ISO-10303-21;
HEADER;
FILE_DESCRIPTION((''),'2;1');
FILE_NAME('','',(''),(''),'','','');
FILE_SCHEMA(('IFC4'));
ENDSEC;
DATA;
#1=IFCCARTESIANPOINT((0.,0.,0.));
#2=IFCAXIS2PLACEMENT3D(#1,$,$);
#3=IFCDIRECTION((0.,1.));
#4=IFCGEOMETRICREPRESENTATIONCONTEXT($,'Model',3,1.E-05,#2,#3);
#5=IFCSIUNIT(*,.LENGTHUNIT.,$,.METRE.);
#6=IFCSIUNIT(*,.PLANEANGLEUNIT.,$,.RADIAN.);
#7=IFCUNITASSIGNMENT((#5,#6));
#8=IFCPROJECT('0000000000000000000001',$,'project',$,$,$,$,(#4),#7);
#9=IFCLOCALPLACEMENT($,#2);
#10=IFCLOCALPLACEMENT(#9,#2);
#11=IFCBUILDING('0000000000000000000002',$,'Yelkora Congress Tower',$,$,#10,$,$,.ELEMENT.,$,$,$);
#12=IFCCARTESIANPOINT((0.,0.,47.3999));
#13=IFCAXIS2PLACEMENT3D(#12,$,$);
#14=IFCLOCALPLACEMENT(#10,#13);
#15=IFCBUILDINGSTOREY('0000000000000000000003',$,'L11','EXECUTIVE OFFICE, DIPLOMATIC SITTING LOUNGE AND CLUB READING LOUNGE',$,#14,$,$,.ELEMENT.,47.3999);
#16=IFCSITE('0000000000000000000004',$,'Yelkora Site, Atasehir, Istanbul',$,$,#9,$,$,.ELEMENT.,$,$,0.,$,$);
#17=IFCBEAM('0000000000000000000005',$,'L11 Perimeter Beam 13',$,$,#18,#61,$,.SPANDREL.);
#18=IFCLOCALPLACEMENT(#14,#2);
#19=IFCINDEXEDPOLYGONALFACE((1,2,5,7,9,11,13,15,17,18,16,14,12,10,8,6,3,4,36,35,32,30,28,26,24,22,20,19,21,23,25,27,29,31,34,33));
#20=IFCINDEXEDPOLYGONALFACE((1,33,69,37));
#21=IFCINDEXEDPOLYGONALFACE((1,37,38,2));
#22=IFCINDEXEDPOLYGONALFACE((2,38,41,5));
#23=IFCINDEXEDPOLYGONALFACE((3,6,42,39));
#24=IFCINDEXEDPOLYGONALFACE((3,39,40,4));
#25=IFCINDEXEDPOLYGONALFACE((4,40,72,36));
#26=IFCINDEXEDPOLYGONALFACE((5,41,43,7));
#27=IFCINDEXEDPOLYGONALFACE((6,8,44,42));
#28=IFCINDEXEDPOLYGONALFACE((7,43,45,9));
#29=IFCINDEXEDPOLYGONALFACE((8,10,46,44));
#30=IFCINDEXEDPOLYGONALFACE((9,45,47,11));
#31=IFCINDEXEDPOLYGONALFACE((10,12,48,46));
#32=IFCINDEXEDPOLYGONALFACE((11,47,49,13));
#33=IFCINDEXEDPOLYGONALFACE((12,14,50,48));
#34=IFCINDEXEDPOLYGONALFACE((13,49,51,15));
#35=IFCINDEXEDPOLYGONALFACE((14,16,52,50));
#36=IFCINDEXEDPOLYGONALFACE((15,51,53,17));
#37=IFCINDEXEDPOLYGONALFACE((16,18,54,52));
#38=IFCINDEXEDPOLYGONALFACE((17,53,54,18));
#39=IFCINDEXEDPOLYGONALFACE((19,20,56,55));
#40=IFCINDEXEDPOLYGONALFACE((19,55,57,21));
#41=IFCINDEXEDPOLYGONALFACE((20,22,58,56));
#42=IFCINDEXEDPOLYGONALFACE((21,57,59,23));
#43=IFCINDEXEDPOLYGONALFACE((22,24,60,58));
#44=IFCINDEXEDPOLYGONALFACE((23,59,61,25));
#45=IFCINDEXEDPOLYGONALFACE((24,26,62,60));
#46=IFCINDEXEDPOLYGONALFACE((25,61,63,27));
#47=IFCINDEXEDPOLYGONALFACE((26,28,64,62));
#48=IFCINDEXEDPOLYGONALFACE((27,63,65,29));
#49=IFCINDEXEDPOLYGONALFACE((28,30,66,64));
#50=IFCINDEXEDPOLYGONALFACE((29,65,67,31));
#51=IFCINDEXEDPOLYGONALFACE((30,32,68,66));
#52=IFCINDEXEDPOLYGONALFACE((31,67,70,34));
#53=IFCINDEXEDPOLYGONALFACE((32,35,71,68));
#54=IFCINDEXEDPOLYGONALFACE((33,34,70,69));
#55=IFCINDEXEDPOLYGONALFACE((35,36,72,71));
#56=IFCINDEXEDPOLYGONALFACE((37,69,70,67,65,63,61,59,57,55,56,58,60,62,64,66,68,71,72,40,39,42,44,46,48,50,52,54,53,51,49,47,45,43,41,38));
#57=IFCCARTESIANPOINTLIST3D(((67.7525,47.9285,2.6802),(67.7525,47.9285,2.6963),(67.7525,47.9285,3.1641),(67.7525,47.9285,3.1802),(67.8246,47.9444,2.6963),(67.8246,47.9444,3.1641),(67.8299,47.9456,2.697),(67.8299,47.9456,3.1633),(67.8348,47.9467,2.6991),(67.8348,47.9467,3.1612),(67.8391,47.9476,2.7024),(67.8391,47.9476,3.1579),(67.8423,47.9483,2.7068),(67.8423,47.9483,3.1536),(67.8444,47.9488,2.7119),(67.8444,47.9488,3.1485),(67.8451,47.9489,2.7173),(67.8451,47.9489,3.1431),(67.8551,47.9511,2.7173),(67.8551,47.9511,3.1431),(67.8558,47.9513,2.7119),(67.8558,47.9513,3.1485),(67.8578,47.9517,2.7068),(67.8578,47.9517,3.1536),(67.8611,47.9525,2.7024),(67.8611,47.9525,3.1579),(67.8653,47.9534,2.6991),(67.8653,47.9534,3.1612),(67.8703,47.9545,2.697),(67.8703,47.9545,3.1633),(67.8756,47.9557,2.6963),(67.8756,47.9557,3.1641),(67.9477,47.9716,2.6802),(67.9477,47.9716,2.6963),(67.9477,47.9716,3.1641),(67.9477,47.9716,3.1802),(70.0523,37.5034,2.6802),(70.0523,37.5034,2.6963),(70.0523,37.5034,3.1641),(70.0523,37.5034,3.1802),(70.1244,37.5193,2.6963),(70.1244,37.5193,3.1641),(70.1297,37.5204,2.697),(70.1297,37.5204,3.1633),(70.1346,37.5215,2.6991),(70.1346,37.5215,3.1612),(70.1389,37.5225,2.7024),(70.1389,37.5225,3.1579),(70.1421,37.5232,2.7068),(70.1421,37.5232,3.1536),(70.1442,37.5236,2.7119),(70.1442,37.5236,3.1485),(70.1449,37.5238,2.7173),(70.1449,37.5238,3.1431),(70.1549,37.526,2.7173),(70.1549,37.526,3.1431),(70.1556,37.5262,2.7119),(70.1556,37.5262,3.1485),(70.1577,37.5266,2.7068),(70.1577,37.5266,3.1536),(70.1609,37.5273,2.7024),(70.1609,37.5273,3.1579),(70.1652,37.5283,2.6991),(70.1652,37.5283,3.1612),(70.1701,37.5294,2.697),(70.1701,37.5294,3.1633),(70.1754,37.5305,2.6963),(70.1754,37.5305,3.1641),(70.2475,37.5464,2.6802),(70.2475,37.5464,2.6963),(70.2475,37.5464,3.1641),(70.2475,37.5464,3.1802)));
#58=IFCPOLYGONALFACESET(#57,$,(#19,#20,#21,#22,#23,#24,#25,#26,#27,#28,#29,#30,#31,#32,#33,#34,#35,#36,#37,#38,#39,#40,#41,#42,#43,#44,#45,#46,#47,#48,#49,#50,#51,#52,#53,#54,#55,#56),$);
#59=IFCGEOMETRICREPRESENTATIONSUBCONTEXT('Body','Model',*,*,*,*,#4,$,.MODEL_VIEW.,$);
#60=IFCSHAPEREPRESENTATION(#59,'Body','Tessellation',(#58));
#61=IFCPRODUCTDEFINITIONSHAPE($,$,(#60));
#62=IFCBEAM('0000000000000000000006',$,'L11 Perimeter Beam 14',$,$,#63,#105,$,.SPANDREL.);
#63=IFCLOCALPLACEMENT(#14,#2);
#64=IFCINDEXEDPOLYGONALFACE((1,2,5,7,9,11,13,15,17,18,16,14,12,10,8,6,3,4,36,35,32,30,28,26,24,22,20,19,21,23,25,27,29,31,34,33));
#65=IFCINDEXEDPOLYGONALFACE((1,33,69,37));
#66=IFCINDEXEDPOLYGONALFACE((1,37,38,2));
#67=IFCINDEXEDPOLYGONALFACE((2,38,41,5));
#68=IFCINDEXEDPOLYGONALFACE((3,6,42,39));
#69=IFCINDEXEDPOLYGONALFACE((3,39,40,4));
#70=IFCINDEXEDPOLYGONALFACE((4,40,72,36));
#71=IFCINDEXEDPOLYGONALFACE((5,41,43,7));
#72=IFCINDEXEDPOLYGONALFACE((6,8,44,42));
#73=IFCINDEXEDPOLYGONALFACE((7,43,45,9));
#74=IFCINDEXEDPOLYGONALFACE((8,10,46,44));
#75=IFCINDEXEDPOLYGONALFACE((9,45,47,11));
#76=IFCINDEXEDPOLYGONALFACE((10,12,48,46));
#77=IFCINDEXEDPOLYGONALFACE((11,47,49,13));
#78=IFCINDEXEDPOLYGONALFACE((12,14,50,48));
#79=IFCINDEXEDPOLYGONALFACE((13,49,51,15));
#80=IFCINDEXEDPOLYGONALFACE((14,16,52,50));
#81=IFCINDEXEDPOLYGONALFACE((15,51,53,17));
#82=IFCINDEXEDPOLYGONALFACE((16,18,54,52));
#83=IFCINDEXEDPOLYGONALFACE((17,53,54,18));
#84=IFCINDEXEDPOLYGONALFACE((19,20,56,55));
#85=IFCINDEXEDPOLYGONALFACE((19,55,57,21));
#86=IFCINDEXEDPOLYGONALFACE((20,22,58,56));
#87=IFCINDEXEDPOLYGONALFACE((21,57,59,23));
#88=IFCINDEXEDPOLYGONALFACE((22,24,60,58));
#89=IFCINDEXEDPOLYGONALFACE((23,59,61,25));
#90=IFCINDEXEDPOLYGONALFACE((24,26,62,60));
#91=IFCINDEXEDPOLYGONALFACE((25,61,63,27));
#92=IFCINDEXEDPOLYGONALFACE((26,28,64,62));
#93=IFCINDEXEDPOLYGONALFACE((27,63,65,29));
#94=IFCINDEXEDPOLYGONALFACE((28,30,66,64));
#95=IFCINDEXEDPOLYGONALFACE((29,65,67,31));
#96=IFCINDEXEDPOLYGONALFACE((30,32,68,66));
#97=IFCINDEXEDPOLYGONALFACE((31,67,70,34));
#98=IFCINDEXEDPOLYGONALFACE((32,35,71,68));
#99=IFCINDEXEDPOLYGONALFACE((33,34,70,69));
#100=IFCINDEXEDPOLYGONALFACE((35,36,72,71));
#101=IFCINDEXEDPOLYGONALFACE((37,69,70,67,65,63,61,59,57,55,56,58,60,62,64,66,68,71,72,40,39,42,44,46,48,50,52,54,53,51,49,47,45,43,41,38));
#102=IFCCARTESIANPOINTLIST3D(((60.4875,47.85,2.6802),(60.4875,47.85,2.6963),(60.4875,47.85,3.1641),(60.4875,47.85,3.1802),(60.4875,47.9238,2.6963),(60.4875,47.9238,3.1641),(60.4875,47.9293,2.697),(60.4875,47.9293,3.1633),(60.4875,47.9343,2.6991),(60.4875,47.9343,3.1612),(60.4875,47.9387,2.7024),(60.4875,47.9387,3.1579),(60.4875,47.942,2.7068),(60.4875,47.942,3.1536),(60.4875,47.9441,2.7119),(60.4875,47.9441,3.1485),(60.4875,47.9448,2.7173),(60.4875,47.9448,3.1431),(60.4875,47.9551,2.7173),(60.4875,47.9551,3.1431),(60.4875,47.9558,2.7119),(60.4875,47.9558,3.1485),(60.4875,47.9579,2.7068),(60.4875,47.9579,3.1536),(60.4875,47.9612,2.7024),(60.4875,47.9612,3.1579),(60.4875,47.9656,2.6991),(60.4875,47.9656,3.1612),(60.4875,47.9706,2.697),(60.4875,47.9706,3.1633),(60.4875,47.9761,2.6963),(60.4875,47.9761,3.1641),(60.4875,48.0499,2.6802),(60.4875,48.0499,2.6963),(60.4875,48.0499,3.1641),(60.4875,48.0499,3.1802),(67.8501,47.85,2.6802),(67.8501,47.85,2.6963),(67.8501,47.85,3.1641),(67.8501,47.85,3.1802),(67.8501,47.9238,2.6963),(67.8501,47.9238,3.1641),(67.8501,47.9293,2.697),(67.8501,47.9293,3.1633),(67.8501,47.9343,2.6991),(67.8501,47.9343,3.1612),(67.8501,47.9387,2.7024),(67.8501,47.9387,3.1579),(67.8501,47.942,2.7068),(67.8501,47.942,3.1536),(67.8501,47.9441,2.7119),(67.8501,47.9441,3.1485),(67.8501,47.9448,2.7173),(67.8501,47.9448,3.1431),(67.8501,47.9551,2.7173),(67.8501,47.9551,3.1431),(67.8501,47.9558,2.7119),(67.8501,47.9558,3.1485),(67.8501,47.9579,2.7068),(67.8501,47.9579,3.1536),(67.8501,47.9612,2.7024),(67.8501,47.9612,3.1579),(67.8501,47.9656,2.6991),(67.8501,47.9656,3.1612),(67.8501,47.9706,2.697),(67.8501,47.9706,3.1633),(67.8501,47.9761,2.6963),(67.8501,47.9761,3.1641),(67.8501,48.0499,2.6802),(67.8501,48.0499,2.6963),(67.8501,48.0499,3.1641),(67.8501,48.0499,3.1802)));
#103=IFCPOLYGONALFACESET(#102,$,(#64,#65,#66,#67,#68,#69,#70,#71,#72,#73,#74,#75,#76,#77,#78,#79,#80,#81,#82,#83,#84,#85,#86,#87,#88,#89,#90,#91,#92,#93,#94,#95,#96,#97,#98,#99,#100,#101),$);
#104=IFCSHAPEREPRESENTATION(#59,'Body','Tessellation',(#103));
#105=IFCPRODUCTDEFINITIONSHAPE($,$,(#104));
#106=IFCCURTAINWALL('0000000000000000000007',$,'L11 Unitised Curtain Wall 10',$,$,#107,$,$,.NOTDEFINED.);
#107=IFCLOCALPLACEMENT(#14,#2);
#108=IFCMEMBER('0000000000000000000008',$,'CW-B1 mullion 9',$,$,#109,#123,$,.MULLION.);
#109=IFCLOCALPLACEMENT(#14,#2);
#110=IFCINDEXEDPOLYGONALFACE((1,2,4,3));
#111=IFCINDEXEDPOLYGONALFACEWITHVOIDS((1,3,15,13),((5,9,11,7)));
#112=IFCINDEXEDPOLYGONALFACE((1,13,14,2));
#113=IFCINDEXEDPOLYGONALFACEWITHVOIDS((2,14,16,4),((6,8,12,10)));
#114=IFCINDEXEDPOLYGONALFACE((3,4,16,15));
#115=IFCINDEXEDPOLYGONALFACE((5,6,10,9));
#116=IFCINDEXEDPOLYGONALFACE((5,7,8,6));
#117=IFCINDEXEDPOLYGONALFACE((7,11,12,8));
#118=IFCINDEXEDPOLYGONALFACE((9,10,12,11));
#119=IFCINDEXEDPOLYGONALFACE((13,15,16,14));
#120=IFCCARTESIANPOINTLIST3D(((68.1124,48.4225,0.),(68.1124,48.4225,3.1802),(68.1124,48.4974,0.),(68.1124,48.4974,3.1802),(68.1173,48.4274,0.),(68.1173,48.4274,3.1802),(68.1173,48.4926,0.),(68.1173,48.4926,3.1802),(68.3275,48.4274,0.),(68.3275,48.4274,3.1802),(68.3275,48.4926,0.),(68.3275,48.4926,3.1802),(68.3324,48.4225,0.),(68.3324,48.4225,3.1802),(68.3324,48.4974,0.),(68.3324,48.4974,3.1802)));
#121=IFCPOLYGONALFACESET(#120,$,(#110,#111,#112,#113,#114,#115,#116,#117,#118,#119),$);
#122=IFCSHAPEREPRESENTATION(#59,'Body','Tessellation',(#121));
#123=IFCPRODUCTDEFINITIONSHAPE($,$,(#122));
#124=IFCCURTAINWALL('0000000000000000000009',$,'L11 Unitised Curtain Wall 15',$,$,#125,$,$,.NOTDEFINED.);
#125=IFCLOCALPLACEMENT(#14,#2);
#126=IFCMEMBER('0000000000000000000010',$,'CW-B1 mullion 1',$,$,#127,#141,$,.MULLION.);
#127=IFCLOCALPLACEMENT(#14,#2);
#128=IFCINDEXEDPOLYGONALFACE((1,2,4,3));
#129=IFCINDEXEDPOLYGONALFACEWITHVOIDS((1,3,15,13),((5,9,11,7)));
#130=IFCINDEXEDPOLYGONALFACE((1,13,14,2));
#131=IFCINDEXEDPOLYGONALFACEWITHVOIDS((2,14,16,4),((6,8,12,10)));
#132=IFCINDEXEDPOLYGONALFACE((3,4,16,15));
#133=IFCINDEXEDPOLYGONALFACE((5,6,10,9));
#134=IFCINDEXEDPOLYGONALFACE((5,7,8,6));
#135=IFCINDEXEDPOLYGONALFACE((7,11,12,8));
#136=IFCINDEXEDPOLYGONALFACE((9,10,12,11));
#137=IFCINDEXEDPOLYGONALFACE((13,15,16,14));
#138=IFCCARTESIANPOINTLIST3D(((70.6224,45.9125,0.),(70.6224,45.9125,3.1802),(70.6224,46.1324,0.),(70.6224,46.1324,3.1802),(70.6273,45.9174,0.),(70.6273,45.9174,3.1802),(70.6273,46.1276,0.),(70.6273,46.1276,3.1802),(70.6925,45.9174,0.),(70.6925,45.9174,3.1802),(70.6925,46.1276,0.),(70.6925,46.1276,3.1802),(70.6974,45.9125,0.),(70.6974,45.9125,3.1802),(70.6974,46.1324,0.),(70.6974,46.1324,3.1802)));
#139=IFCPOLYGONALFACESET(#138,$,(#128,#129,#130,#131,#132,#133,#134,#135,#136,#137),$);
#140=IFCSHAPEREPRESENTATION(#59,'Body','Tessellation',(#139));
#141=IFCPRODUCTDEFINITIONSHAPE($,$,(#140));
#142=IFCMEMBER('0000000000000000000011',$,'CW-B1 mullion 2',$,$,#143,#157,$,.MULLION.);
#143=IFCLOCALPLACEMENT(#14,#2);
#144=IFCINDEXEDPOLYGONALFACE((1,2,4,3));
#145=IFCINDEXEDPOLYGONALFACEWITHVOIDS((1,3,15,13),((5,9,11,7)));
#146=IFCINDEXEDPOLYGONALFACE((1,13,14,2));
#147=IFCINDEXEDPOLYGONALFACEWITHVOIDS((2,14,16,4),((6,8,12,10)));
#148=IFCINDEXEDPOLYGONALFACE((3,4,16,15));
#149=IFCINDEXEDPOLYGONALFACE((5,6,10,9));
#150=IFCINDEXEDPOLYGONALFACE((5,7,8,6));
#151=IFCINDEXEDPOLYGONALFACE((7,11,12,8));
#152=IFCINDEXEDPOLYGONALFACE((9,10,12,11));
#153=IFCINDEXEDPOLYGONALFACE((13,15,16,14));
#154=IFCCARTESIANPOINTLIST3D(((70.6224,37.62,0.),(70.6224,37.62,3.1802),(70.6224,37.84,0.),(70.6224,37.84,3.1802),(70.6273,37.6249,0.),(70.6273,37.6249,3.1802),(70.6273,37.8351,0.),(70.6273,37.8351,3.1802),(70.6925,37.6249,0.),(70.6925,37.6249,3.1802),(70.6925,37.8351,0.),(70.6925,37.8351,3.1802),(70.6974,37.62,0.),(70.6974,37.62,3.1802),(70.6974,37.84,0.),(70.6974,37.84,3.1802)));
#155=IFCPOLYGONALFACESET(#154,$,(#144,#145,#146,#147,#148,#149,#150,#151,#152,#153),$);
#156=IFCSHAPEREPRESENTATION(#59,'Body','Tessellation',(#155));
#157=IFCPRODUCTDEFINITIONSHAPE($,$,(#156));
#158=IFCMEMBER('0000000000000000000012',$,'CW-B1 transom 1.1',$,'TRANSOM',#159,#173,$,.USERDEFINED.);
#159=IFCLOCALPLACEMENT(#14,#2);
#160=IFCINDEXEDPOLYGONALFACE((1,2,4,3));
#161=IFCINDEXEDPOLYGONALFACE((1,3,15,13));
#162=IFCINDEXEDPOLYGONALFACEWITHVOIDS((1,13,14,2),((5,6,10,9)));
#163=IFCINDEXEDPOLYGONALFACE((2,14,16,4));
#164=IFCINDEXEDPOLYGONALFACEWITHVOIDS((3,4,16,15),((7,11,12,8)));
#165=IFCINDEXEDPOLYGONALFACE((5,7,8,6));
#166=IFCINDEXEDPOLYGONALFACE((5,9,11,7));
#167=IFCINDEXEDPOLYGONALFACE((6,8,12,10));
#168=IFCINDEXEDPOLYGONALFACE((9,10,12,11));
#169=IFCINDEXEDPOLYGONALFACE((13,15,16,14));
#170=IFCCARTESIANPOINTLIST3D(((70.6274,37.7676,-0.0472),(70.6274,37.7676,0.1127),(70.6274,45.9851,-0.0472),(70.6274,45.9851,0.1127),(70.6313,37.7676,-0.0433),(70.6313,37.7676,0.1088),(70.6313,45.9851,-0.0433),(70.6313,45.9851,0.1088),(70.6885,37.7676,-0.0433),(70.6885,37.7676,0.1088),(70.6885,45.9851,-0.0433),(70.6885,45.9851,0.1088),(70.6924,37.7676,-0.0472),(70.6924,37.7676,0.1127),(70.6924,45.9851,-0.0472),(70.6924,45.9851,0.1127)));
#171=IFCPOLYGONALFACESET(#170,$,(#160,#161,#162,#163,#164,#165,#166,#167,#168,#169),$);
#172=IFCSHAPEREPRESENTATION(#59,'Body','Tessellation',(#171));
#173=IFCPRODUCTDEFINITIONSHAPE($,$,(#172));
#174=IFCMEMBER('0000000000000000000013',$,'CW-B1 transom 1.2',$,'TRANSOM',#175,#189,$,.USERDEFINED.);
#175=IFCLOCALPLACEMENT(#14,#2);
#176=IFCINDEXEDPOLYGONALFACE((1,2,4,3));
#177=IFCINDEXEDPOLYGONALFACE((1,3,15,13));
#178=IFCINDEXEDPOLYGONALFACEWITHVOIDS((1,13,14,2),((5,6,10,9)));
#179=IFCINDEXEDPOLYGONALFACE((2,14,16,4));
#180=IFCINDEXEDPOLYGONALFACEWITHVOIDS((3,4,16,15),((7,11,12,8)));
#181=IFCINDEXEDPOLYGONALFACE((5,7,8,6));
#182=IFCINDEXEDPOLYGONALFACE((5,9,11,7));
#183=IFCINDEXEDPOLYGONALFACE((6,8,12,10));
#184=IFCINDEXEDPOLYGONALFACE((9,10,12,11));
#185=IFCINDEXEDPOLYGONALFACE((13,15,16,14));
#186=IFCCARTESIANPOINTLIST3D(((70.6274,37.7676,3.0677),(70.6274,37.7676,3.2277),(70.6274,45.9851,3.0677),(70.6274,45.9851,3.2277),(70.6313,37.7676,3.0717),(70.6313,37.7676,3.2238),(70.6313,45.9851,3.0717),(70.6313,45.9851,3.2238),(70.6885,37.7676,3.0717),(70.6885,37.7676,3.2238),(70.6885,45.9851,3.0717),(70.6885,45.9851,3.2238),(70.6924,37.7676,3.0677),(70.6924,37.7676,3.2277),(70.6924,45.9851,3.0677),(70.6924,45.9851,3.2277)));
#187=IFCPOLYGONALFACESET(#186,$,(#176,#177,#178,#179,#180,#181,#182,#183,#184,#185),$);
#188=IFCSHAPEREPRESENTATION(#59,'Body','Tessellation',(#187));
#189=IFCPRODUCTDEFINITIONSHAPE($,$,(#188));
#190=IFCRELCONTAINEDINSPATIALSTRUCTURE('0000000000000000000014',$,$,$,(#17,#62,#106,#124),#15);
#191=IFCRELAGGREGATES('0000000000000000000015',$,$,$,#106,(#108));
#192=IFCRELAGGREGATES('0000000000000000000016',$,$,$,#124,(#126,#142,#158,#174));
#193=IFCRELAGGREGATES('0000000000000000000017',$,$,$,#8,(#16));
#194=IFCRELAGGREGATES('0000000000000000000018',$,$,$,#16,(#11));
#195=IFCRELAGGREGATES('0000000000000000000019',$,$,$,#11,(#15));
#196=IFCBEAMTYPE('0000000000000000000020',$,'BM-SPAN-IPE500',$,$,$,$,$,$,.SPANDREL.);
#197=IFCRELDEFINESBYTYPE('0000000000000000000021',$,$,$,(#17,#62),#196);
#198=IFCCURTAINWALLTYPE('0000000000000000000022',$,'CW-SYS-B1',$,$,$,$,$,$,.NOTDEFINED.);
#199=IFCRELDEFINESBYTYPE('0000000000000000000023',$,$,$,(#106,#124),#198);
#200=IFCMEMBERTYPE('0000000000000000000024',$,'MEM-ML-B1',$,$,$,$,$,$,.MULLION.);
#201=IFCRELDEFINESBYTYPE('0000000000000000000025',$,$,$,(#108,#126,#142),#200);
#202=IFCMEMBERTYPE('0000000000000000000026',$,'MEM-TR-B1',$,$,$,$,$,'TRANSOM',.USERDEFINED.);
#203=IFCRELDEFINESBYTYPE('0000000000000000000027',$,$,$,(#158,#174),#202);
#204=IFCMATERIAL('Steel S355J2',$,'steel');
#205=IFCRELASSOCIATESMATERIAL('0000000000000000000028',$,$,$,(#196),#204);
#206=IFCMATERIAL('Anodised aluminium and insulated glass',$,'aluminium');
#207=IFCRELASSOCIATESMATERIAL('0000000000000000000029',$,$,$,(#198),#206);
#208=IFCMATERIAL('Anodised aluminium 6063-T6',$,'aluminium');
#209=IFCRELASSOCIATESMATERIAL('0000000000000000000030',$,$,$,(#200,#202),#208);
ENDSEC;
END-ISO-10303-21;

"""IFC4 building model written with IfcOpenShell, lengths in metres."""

from ifc_helpers import new_model, si_unit, direction, frame, origin, origin_2d, place, context, subcontext, project, spatial, hollow_rectangle, i_section, extrude, material, material_profile, profile_set, type_object, element, aggregate, save


model = new_model("IFC4")

# Units and contexts
model_context = context("Model", 3, precision=1e-05, world=origin(), true_north=direction((0.0, 1.0)))
body_context = subcontext(model_context, "Body", "Model", "MODEL_VIEW")
ifc_project = project(units=[si_unit("LENGTHUNIT", "METRE"), si_unit("PLANEANGLEUNIT", "RADIAN")], contexts=[model_context])

# Site, building, storey
site_placement = place(None, origin())
site = spatial("IfcSite", under=ifc_project, at=site_placement, Name="Yelkora Site, Atasehir, Istanbul", CompositionType="ELEMENT", RefElevation=0.0)
building_placement = place(site_placement, origin())
building = spatial("IfcBuilding", under=site, at=building_placement, Name="Yelkora Congress Tower", CompositionType="ELEMENT")
storey_placement = place(building_placement, frame((0.0, 0.0, 47.3999)))
storey = spatial("IfcBuildingStorey", under=building, at=storey_placement, Name="L11", Description="EXECUTIVE OFFICE, DIPLOMATIC SITTING LOUNGE AND CLUB READING LOUNGE", CompositionType="ELEMENT", Elevation=47.3999)

# Beams
ifc_material_1 = material(Name="Steel S355J2", Category="steel")
ifc_material_profile_1 = material_profile(ifc_material_1, i_section(OverallWidth=0.2, OverallDepth=0.5, WebThickness=0.0103, FlangeThickness=0.0161, FilletRadius=0.021, at=origin_2d()), Name="IPE 500")
ifc_profile_set_1 = profile_set([ifc_material_profile_1], Name="Steel S355J2")
beam_type_1 = type_object("IfcBeamType", Name="BM-SPAN-IPE500", PredefinedType="SPANDREL", material=ifc_profile_set_1)
beam_1_placement = place(storey_placement, frame((70.1499, 37.5249, 2.9302), z_axis=(-0.215424, 0.976521, 0.0), x_axis=(-0.976521, -0.215424, 0.0)))
element("IfcBeam", 1, at=beam_1_placement, inside=storey, type_object=beam_type_1, Name="L11 Perimeter Beam 13", PredefinedType="SPANDREL", context=body_context, shape_type="SweptSolid", body=[
    extrude(i_section(OverallWidth=0.2, OverallDepth=0.5, WebThickness=0.0103, FlangeThickness=0.0161, FilletRadius=0.021, at=origin_2d()), origin(), (0.0, 0.0, 1.0), 10.6758),
])
beam_2_placement = place(storey_placement, frame((67.8501, 47.95, 2.9302), z_axis=(-1.0, 0.0, 0.0), x_axis=(0.0, -1.0, 0.0)))
element("IfcBeam", 2, at=beam_2_placement, inside=storey, type_object=beam_type_1, Name="L11 Perimeter Beam 14", PredefinedType="SPANDREL", context=body_context, shape_type="SweptSolid", body=[
    extrude(i_section(OverallWidth=0.2, OverallDepth=0.5, WebThickness=0.0103, FlangeThickness=0.0161, FilletRadius=0.021, at=origin_2d()), origin(), (0.0, 0.0, 1.0), 7.3625),
])

# Curtain wall, member
ifc_material_2 = material(Name="Anodised aluminium and insulated glass", Category="aluminium")
curtain_wall_type = type_object("IfcCurtainWallType", Name="CW-SYS-B1", PredefinedType="NOTDEFINED", material=ifc_material_2)
curtain_wall_1_placement = place(storey_placement, origin())
curtain_wall_1 = element("IfcCurtainWall", 3, at=curtain_wall_1_placement, inside=storey, type_object=curtain_wall_type, Name="L11 Unitised Curtain Wall 10", PredefinedType="NOTDEFINED")
ifc_material_3 = material(Name="Anodised aluminium 6063-T6", Category="aluminium")
ifc_material_profile_2 = material_profile(ifc_material_3, hollow_rectangle(XDim=0.075, YDim=0.22, WallThickness=0.0049, at=origin_2d()), Name="ALU 75x220x5")
ifc_profile_set_2 = profile_set([ifc_material_profile_2], Name="Anodised aluminium 6063-T6")
member_type_1 = type_object("IfcMemberType", Name="MEM-ML-B1", PredefinedType="MULLION", material=ifc_profile_set_2)
member_1_placement = place(storey_placement, frame((68.2224, 48.46, 0.0), z_axis=(0.0, 0.0, 1.0), x_axis=(0.0, 1.0, 0.0)))
member_1 = element("IfcMember", 4, at=member_1_placement, type_object=member_type_1, Name="CW-B1 mullion 9", PredefinedType="MULLION", context=body_context, shape_type="SweptSolid", body=[
    extrude(hollow_rectangle(XDim=0.075, YDim=0.22, WallThickness=0.0049, at=origin_2d()), origin(), (0.0, 0.0, 1.0), 3.1802),
])

# Curtain wall, members
curtain_wall_2_placement = place(storey_placement, origin())
curtain_wall_2 = element("IfcCurtainWall", 5, at=curtain_wall_2_placement, inside=storey, type_object=curtain_wall_type, Name="L11 Unitised Curtain Wall 15", PredefinedType="NOTDEFINED")
member_2_placement = place(storey_placement, frame((70.6599, 46.0225, 0.0), z_axis=(0.0, 0.0, 1.0), x_axis=(1.0, 0.0, 0.0)))
member_2 = element("IfcMember", 6, at=member_2_placement, type_object=member_type_1, Name="CW-B1 mullion 1", PredefinedType="MULLION", context=body_context, shape_type="SweptSolid", body=[
    extrude(hollow_rectangle(XDim=0.075, YDim=0.22, WallThickness=0.0049, at=origin_2d()), origin(), (0.0, 0.0, 1.0), 3.1802),
])
member_3_placement = place(storey_placement, frame((70.6599, 37.73, 0.0), z_axis=(0.0, 0.0, 1.0), x_axis=(1.0, 0.0, 0.0)))
member_3 = element("IfcMember", 7, at=member_3_placement, type_object=member_type_1, Name="CW-B1 mullion 2", PredefinedType="MULLION", context=body_context, shape_type="SweptSolid", body=[
    extrude(hollow_rectangle(XDim=0.075, YDim=0.22, WallThickness=0.0049, at=origin_2d()), origin(), (0.0, 0.0, 1.0), 3.1802),
])
ifc_material_profile_3 = material_profile(ifc_material_3, hollow_rectangle(XDim=0.0649, YDim=0.1599, WallThickness=0.0039, at=origin_2d()), Name="ALU 65x160x4")
ifc_profile_set_3 = profile_set([ifc_material_profile_3], Name="Anodised aluminium 6063-T6")
member_type_2 = type_object("IfcMemberType", Name="MEM-TR-B1", ElementType="TRANSOM", PredefinedType="USERDEFINED", material=ifc_profile_set_3)
member_4_placement = place(storey_placement, frame((70.6599, 45.9851, 0.0327), z_axis=(0.0, -1.0, 0.0), x_axis=(1.0, 0.0, 0.0)))
member_4 = element("IfcMember", 8, at=member_4_placement, type_object=member_type_2, Name="CW-B1 transom 1.1", ObjectType="TRANSOM", PredefinedType="USERDEFINED", context=body_context, shape_type="SweptSolid", body=[
    extrude(hollow_rectangle(XDim=0.0649, YDim=0.1599, WallThickness=0.0039, at=origin_2d()), origin(), (0.0, 0.0, 1.0), 8.2175),
])
member_5_placement = place(storey_placement, frame((70.6599, 45.9851, 3.1477), z_axis=(0.0, -1.0, 0.0), x_axis=(1.0, 0.0, 0.0)))
member_5 = element("IfcMember", 9, at=member_5_placement, type_object=member_type_2, Name="CW-B1 transom 1.2", ObjectType="TRANSOM", PredefinedType="USERDEFINED", context=body_context, shape_type="SweptSolid", body=[
    extrude(hollow_rectangle(XDim=0.0649, YDim=0.1599, WallThickness=0.0039, at=origin_2d()), origin(), (0.0, 0.0, 1.0), 8.2175),
])

aggregate(curtain_wall_1, [member_1])
aggregate(curtain_wall_2, [member_2, member_3, member_4, member_5])

save(model, "model.ifc")
